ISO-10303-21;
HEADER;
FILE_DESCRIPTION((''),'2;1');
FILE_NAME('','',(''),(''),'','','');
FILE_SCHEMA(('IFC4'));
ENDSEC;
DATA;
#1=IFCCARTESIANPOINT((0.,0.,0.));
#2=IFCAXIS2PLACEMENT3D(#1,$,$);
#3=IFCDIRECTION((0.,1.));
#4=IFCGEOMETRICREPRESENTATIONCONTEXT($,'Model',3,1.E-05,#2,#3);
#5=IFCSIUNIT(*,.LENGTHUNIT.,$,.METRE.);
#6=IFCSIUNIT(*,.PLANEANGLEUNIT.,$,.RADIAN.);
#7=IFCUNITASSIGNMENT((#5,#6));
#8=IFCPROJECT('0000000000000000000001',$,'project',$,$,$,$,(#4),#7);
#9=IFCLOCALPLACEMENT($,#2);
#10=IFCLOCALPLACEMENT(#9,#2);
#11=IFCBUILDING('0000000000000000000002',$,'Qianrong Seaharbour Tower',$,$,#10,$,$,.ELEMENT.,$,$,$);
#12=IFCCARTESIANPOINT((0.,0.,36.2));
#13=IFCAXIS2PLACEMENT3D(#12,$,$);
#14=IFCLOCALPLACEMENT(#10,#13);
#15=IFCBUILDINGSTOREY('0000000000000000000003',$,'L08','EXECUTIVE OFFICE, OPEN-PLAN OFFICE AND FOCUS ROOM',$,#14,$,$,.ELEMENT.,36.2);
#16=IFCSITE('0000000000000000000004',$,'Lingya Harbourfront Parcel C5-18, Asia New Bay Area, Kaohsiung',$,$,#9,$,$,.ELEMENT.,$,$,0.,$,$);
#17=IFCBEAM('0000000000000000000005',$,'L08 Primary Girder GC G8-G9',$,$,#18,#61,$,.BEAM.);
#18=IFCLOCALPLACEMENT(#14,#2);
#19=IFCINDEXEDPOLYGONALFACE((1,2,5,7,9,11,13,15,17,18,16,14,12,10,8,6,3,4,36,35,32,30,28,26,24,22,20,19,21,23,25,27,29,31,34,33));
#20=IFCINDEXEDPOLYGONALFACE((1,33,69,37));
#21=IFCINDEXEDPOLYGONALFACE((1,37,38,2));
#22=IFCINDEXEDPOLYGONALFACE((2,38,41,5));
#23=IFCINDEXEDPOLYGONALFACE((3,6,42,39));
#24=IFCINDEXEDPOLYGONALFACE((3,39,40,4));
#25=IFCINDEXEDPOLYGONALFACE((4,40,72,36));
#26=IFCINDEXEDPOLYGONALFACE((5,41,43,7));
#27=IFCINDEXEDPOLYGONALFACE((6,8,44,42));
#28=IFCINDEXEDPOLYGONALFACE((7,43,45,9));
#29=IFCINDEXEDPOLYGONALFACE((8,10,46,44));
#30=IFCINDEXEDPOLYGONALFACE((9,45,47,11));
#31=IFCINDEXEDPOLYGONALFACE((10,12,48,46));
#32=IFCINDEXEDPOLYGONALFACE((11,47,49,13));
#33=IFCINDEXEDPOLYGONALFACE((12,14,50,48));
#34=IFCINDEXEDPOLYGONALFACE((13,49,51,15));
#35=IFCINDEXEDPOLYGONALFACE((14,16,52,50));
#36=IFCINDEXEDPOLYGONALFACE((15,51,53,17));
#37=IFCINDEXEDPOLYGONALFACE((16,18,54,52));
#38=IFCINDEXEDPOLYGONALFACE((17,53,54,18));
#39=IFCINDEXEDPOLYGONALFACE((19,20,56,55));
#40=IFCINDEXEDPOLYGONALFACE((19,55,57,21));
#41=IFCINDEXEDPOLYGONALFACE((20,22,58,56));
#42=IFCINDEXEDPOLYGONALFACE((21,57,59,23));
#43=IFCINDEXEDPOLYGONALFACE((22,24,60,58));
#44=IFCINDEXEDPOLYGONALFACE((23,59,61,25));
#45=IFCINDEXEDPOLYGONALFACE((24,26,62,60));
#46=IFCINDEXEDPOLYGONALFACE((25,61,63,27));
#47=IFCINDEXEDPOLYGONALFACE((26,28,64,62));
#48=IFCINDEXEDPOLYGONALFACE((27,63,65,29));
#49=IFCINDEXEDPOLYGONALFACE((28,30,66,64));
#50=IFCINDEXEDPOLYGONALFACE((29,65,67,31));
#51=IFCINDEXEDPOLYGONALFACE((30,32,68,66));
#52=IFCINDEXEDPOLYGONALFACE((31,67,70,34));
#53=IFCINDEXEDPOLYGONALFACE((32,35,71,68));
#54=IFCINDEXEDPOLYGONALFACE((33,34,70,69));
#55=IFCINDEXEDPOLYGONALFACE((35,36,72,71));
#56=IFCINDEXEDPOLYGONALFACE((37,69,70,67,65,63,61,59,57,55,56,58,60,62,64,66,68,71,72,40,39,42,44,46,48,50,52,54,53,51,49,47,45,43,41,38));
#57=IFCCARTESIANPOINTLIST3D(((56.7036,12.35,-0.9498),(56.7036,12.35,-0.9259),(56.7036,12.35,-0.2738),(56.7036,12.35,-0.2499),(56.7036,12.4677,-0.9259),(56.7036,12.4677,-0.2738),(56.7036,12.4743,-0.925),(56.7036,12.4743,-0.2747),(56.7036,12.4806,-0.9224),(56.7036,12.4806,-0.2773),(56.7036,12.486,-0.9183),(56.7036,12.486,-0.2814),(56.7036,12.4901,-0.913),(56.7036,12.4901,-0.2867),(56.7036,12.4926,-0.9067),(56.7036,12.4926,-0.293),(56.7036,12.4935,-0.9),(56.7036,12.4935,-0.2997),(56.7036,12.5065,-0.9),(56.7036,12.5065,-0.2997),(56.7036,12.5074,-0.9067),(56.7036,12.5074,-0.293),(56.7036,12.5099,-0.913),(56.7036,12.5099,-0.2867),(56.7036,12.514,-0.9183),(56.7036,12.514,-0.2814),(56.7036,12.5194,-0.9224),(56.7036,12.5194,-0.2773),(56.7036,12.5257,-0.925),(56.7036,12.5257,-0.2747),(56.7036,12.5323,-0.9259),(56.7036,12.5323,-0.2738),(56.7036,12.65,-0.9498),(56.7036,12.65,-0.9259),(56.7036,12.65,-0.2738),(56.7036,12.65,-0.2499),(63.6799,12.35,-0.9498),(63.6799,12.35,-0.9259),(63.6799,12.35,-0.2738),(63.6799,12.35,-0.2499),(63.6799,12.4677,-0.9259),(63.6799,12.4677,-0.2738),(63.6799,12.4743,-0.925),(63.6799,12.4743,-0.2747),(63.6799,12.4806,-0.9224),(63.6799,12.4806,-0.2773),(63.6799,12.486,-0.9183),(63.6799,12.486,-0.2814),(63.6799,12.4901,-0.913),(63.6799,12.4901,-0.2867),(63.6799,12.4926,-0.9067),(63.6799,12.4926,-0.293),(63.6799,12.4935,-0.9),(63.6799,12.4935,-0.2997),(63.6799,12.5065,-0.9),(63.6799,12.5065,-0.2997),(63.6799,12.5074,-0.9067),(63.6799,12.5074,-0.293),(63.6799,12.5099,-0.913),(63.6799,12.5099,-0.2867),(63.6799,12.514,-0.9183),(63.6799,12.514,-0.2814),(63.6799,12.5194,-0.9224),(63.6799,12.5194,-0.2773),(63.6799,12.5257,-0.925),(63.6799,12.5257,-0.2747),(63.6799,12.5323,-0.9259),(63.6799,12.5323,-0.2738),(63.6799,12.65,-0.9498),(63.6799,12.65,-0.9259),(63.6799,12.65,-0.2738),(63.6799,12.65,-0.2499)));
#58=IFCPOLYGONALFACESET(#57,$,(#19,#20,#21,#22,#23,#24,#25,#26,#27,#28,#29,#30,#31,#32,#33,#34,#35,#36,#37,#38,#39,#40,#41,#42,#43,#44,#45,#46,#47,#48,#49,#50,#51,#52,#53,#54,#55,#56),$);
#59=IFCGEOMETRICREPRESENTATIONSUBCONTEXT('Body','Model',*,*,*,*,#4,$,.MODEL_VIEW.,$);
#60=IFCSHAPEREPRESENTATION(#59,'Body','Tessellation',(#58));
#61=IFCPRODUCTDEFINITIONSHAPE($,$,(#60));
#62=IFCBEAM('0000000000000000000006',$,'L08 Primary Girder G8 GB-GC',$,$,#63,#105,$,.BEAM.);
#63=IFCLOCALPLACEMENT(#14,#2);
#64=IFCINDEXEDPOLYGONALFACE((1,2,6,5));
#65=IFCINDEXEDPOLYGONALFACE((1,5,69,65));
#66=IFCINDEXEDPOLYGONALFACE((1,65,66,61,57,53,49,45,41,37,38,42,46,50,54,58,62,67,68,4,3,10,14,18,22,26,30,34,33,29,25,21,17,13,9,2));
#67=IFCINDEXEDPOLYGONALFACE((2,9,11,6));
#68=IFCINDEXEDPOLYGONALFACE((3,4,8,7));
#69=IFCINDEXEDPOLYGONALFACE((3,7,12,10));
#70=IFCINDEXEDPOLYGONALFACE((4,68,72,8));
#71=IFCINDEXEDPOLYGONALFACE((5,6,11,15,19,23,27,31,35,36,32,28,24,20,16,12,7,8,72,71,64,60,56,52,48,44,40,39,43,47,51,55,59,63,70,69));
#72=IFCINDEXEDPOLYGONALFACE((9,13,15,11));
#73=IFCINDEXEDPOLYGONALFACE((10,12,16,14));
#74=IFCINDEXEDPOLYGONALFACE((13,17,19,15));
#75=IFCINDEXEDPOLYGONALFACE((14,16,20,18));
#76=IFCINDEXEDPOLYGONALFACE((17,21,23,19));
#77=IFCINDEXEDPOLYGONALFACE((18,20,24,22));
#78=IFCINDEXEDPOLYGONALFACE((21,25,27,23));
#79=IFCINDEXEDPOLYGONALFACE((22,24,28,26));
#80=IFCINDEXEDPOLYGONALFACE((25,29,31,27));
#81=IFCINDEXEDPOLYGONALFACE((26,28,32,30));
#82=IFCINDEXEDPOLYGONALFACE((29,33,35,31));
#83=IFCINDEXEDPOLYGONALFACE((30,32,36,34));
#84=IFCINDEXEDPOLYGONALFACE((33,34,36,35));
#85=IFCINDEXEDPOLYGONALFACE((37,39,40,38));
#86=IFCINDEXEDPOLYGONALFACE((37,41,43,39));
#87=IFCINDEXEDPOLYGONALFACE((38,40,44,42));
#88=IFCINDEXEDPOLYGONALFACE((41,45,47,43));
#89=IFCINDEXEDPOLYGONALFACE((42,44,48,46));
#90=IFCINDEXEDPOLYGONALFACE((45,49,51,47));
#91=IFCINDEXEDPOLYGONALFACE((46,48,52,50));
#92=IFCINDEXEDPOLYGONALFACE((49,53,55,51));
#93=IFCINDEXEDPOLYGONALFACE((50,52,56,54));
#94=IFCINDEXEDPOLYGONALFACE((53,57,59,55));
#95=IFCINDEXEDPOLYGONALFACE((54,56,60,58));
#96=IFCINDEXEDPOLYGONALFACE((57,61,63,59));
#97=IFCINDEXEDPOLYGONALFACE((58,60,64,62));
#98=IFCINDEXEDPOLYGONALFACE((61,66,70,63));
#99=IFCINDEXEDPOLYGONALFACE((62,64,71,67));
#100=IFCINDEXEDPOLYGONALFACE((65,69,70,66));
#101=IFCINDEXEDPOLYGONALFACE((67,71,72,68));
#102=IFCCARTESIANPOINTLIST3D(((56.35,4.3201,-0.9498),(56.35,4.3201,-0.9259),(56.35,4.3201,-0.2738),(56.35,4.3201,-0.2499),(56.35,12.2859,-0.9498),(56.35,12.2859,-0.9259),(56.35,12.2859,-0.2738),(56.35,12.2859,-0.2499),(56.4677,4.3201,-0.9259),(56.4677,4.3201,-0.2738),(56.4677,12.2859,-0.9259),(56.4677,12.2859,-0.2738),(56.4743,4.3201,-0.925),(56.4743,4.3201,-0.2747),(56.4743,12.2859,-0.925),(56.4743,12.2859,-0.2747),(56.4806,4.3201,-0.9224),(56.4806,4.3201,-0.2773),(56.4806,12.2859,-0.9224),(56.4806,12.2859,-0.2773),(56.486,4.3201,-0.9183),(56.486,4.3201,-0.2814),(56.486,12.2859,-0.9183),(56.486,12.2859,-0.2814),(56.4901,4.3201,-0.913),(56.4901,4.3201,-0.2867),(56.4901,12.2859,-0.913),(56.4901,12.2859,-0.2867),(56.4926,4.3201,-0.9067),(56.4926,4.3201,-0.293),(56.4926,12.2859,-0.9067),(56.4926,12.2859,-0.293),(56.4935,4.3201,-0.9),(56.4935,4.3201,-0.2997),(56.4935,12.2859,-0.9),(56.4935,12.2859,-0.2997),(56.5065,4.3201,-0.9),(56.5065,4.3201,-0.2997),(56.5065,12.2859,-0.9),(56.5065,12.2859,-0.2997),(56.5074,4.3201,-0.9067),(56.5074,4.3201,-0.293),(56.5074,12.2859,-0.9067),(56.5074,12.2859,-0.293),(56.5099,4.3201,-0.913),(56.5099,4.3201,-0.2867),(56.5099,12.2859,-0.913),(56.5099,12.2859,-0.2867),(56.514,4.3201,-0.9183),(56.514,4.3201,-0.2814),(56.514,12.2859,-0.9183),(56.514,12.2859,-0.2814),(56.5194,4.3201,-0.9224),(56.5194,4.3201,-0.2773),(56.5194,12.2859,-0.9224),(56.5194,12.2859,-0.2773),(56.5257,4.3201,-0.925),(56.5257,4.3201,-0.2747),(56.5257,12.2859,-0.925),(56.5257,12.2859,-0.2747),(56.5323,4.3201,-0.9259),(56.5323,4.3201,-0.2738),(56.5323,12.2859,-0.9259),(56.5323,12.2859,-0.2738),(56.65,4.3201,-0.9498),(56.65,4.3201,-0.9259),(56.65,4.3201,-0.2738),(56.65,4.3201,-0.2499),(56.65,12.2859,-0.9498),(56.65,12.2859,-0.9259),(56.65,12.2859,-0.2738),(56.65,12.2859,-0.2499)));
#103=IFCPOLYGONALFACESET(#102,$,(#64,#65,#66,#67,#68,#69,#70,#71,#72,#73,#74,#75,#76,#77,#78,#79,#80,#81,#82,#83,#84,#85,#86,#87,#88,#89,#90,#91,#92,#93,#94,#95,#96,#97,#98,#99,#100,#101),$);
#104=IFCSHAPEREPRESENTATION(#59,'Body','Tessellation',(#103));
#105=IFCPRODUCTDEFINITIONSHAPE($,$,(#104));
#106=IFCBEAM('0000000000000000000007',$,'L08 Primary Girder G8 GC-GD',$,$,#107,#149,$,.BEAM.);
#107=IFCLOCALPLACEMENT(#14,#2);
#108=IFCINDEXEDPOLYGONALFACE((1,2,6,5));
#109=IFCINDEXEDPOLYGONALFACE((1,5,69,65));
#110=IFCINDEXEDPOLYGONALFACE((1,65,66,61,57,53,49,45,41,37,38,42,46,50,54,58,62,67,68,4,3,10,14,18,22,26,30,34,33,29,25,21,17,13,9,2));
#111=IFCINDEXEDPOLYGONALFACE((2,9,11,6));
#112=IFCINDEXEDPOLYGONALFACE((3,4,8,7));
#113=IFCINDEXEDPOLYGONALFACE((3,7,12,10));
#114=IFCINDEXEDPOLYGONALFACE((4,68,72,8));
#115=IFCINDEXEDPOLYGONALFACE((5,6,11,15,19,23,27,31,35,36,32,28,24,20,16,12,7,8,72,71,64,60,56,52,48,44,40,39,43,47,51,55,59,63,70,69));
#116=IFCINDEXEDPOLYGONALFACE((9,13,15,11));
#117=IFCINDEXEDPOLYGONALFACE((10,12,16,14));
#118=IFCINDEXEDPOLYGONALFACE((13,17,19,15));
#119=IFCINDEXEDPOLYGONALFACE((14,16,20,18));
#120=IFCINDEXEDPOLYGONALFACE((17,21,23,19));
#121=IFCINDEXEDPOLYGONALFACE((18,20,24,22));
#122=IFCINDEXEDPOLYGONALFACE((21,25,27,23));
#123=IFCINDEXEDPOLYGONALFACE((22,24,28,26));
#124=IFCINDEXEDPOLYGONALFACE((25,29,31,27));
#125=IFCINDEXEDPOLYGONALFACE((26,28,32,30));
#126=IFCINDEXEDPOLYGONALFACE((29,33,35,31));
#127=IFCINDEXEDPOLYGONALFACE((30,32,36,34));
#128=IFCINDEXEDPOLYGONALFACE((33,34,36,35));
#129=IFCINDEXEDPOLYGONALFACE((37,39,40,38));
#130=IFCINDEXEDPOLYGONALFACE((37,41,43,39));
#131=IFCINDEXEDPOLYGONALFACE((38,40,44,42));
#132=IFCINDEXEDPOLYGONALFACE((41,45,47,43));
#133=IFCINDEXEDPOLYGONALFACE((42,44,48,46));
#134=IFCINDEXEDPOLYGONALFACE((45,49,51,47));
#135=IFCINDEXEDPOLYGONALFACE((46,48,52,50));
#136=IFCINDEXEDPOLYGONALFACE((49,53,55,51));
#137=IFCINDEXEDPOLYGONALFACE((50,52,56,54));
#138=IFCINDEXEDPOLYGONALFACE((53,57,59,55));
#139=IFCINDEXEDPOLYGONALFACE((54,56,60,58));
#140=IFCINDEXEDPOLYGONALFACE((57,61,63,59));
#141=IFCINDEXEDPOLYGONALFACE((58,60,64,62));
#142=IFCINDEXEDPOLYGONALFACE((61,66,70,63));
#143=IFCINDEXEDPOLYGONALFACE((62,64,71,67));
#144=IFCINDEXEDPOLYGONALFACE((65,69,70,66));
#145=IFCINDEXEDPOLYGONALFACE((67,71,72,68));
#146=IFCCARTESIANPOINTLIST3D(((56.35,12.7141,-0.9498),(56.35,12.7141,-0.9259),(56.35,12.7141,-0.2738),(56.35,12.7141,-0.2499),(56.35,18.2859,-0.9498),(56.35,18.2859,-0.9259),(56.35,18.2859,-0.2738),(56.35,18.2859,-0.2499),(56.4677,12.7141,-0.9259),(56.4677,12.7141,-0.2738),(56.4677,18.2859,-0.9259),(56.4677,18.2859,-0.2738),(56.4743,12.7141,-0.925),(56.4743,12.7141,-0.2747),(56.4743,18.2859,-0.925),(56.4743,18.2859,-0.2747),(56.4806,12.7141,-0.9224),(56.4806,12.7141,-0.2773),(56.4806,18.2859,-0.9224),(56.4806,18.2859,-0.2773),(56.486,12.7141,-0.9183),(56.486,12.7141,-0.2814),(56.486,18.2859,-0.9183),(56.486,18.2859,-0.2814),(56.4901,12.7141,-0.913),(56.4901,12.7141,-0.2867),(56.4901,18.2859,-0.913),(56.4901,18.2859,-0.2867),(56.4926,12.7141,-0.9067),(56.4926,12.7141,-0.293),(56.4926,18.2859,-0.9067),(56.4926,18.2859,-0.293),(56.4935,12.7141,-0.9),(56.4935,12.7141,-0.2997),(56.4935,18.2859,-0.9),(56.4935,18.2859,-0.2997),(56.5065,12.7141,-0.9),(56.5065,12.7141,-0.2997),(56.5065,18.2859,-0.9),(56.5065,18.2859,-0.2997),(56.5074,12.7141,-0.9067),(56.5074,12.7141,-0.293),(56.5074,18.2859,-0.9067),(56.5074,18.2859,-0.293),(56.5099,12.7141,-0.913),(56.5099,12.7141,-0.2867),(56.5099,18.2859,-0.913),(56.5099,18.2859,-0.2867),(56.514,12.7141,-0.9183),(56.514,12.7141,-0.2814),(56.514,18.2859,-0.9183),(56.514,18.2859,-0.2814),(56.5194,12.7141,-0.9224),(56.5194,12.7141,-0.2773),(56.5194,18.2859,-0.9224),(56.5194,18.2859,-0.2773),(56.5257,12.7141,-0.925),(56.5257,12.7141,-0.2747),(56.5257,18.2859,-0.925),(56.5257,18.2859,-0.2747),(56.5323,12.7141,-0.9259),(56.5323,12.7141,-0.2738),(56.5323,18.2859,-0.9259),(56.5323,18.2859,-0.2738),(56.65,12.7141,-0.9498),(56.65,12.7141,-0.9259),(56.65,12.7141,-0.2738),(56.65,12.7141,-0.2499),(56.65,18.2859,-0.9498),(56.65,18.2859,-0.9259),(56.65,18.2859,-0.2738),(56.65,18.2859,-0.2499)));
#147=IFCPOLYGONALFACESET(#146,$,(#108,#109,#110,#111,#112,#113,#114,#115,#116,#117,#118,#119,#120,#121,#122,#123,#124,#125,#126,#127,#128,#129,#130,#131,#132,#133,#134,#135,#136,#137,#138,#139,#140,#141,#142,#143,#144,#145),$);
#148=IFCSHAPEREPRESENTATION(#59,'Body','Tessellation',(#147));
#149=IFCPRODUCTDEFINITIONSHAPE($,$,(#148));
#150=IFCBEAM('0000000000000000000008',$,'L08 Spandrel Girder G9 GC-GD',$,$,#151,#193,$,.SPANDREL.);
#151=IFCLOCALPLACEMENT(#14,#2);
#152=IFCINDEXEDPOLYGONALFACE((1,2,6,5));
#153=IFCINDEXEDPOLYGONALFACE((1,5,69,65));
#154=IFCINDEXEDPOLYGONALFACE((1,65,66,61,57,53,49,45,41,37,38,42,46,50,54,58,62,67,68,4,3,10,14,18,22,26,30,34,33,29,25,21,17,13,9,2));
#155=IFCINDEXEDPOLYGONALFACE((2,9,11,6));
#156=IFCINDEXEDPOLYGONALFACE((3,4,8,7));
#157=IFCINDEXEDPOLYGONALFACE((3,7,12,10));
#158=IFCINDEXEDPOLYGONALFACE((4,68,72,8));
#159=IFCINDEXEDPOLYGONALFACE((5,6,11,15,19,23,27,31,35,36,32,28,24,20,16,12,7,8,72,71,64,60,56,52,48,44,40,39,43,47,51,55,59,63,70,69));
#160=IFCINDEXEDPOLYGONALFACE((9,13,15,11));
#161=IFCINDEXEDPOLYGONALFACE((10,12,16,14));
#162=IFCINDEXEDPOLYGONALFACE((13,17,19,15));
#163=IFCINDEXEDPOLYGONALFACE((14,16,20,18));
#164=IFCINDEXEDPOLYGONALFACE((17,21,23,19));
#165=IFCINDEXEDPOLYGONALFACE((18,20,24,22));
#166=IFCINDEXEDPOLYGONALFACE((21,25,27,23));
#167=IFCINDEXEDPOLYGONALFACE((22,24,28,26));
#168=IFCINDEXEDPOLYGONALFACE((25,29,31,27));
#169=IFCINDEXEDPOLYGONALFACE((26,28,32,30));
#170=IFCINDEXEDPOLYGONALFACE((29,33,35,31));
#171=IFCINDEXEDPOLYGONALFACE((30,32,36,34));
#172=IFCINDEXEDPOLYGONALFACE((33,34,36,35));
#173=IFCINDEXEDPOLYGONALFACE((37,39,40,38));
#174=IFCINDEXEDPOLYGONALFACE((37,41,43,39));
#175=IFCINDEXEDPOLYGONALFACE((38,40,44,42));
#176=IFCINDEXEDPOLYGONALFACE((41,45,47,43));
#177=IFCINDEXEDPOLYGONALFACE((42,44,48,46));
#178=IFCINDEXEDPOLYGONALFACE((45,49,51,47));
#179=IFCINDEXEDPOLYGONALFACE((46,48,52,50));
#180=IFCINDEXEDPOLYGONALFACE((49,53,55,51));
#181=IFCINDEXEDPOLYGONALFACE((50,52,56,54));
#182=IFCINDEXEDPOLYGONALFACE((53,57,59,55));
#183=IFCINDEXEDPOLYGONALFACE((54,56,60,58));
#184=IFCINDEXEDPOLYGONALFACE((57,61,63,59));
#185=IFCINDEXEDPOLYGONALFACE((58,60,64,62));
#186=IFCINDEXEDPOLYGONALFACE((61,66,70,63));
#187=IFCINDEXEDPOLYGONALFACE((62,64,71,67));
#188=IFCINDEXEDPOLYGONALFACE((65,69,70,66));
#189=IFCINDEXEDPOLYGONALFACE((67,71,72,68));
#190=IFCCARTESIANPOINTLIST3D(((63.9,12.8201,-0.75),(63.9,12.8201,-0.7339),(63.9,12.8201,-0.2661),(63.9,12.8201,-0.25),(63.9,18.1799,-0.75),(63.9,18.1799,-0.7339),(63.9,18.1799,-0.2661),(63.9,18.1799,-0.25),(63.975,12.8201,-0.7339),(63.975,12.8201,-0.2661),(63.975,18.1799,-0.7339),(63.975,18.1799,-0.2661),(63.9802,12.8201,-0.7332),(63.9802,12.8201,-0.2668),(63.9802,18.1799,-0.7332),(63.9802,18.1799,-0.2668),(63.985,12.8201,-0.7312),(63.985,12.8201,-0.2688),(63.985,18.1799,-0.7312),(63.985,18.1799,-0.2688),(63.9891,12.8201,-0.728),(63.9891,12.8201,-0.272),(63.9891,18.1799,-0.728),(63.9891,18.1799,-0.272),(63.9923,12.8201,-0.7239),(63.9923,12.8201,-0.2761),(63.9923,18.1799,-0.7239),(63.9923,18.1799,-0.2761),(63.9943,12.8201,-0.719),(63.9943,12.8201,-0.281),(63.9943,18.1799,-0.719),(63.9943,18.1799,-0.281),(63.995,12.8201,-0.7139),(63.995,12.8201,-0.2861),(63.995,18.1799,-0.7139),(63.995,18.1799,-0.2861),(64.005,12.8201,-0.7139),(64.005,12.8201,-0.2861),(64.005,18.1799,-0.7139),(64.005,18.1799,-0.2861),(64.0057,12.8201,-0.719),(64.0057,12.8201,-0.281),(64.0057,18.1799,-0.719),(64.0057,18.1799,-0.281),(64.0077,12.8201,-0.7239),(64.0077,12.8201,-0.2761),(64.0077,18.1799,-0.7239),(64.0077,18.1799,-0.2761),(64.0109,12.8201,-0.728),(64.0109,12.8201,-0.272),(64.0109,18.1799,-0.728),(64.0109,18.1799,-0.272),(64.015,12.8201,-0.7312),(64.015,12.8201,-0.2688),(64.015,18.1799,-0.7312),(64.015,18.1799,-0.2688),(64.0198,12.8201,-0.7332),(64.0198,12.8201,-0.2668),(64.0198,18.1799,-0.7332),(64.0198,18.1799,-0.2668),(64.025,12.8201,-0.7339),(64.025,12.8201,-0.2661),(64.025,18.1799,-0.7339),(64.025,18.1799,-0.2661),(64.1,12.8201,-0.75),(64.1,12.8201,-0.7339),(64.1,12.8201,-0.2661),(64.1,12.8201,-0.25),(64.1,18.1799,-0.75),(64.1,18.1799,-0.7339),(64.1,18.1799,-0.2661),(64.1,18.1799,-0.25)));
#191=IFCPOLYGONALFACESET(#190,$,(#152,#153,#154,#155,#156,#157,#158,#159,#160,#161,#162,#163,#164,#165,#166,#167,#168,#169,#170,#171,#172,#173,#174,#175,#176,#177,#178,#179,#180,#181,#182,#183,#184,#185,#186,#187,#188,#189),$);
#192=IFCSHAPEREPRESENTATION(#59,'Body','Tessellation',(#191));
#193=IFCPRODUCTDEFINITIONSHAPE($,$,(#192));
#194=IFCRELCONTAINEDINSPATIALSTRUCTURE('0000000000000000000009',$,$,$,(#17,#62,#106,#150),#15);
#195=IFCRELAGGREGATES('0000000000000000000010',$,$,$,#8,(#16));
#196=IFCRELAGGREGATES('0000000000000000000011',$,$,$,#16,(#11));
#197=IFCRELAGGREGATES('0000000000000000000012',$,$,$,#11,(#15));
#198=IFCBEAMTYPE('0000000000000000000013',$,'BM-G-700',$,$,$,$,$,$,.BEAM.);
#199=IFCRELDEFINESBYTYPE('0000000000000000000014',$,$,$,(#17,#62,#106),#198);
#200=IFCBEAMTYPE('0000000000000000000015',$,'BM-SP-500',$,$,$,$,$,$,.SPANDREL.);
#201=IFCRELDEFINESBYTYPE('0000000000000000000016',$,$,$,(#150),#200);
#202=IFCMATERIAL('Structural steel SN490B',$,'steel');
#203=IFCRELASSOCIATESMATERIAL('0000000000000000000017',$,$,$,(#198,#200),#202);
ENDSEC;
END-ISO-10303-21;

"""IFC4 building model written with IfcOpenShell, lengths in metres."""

from ifc_helpers import new_model, si_unit, direction, frame, origin, origin_2d, place, context, subcontext, project, spatial, i_section, extrude, material, material_profile, profile_set, type_object, element, save


model = new_model("IFC4")

# Units and contexts
model_context = context("Model", 3, precision=1e-05, world=origin(), true_north=direction((0.0, 1.0)))
body_context = subcontext(model_context, "Body", "Model", "MODEL_VIEW")
ifc_project = project(units=[si_unit("LENGTHUNIT", "METRE"), si_unit("PLANEANGLEUNIT", "RADIAN")], contexts=[model_context])

# Site, building, storey
site_placement = place(None, origin())
site = spatial("IfcSite", under=ifc_project, at=site_placement, Name="Lingya Harbourfront Parcel C5-18, Asia New Bay Area, Kaohsiung", CompositionType="ELEMENT", RefElevation=0.0)
building_placement = place(site_placement, origin())
building = spatial("IfcBuilding", under=site, at=building_placement, Name="Qianrong Seaharbour Tower", CompositionType="ELEMENT")
storey_placement = place(building_placement, frame((0.0, 0.0, 36.2)))
storey = spatial("IfcBuildingStorey", under=building, at=storey_placement, Name="L08", Description="EXECUTIVE OFFICE, OPEN-PLAN OFFICE AND FOCUS ROOM", CompositionType="ELEMENT", Elevation=36.2)

# Shared definitions
ifc_material_1 = material(Name="Structural steel SN490B", Category="steel")

# Beams
ifc_material_profile_1 = material_profile(ifc_material_1, i_section(OverallWidth=0.3, OverallDepth=0.7, WebThickness=0.0129, FlangeThickness=0.0239, FilletRadius=0.0259, at=origin_2d()), Name="H700x300x13x24")
ifc_profile_set_1 = profile_set([ifc_material_profile_1], Name="Structural steel SN490B")
beam_type_1 = type_object("IfcBeamType", Name="BM-G-700", PredefinedType="BEAM", material=ifc_profile_set_1)
beam_1_placement = place(storey_placement, frame((56.7036, 12.5, -0.5999), z_axis=(1.0, 0.0, 0.0), x_axis=(0.0, 1.0, 0.0)))
element("IfcBeam", 1, at=beam_1_placement, inside=storey, type_object=beam_type_1, Name="L08 Primary Girder GC G8-G9", PredefinedType="BEAM", context=body_context, shape_type="SweptSolid", body=[
    extrude(i_section(OverallWidth=0.3, OverallDepth=0.7, WebThickness=0.0129, FlangeThickness=0.0239, FilletRadius=0.0259, at=origin_2d()), origin(), (0.0, 0.0, 1.0), 6.9763),
])
beam_2_placement = place(storey_placement, frame((56.5, 4.3201, -0.5999), z_axis=(0.0, 1.0, 0.0), x_axis=(-1.0, 0.0, 0.0)))
element("IfcBeam", 2, at=beam_2_placement, inside=storey, type_object=beam_type_1, Name="L08 Primary Girder G8 GB-GC", PredefinedType="BEAM", context=body_context, shape_type="SweptSolid", body=[
    extrude(i_section(OverallWidth=0.3, OverallDepth=0.7, WebThickness=0.0129, FlangeThickness=0.0239, FilletRadius=0.0259, at=origin_2d()), origin(), (0.0, 0.0, 1.0), 7.9658),
])
beam_3_placement = place(storey_placement, frame((56.5, 12.7141, -0.5999), z_axis=(0.0, 1.0, 0.0), x_axis=(-1.0, 0.0, 0.0)))
element("IfcBeam", 3, at=beam_3_placement, inside=storey, type_object=beam_type_1, Name="L08 Primary Girder G8 GC-GD", PredefinedType="BEAM", context=body_context, shape_type="SweptSolid", body=[
    extrude(i_section(OverallWidth=0.3, OverallDepth=0.7, WebThickness=0.0129, FlangeThickness=0.0239, FilletRadius=0.0259, at=origin_2d()), origin(), (0.0, 0.0, 1.0), 5.5718),
])
ifc_material_profile_2 = material_profile(ifc_material_1, i_section(OverallWidth=0.2, OverallDepth=0.5, WebThickness=0.01, FlangeThickness=0.0161, FilletRadius=0.02, at=origin_2d()), Name="H500x200x10x16")
ifc_profile_set_2 = profile_set([ifc_material_profile_2], Name="Structural steel SN490B")
beam_type_2 = type_object("IfcBeamType", Name="BM-SP-500", PredefinedType="SPANDREL", material=ifc_profile_set_2)
beam_4_placement = place(storey_placement, frame((64.0, 12.8201, -0.5), z_axis=(0.0, 1.0, 0.0), x_axis=(-1.0, 0.0, 0.0)))
element("IfcBeam", 4, at=beam_4_placement, inside=storey, type_object=beam_type_2, Name="L08 Spandrel Girder G9 GC-GD", PredefinedType="SPANDREL", context=body_context, shape_type="SweptSolid", body=[
    extrude(i_section(OverallWidth=0.2, OverallDepth=0.5, WebThickness=0.01, FlangeThickness=0.0161, FilletRadius=0.02, at=origin_2d()), origin(), (0.0, 0.0, 1.0), 5.3599),
])

save(model, "model.ifc")
